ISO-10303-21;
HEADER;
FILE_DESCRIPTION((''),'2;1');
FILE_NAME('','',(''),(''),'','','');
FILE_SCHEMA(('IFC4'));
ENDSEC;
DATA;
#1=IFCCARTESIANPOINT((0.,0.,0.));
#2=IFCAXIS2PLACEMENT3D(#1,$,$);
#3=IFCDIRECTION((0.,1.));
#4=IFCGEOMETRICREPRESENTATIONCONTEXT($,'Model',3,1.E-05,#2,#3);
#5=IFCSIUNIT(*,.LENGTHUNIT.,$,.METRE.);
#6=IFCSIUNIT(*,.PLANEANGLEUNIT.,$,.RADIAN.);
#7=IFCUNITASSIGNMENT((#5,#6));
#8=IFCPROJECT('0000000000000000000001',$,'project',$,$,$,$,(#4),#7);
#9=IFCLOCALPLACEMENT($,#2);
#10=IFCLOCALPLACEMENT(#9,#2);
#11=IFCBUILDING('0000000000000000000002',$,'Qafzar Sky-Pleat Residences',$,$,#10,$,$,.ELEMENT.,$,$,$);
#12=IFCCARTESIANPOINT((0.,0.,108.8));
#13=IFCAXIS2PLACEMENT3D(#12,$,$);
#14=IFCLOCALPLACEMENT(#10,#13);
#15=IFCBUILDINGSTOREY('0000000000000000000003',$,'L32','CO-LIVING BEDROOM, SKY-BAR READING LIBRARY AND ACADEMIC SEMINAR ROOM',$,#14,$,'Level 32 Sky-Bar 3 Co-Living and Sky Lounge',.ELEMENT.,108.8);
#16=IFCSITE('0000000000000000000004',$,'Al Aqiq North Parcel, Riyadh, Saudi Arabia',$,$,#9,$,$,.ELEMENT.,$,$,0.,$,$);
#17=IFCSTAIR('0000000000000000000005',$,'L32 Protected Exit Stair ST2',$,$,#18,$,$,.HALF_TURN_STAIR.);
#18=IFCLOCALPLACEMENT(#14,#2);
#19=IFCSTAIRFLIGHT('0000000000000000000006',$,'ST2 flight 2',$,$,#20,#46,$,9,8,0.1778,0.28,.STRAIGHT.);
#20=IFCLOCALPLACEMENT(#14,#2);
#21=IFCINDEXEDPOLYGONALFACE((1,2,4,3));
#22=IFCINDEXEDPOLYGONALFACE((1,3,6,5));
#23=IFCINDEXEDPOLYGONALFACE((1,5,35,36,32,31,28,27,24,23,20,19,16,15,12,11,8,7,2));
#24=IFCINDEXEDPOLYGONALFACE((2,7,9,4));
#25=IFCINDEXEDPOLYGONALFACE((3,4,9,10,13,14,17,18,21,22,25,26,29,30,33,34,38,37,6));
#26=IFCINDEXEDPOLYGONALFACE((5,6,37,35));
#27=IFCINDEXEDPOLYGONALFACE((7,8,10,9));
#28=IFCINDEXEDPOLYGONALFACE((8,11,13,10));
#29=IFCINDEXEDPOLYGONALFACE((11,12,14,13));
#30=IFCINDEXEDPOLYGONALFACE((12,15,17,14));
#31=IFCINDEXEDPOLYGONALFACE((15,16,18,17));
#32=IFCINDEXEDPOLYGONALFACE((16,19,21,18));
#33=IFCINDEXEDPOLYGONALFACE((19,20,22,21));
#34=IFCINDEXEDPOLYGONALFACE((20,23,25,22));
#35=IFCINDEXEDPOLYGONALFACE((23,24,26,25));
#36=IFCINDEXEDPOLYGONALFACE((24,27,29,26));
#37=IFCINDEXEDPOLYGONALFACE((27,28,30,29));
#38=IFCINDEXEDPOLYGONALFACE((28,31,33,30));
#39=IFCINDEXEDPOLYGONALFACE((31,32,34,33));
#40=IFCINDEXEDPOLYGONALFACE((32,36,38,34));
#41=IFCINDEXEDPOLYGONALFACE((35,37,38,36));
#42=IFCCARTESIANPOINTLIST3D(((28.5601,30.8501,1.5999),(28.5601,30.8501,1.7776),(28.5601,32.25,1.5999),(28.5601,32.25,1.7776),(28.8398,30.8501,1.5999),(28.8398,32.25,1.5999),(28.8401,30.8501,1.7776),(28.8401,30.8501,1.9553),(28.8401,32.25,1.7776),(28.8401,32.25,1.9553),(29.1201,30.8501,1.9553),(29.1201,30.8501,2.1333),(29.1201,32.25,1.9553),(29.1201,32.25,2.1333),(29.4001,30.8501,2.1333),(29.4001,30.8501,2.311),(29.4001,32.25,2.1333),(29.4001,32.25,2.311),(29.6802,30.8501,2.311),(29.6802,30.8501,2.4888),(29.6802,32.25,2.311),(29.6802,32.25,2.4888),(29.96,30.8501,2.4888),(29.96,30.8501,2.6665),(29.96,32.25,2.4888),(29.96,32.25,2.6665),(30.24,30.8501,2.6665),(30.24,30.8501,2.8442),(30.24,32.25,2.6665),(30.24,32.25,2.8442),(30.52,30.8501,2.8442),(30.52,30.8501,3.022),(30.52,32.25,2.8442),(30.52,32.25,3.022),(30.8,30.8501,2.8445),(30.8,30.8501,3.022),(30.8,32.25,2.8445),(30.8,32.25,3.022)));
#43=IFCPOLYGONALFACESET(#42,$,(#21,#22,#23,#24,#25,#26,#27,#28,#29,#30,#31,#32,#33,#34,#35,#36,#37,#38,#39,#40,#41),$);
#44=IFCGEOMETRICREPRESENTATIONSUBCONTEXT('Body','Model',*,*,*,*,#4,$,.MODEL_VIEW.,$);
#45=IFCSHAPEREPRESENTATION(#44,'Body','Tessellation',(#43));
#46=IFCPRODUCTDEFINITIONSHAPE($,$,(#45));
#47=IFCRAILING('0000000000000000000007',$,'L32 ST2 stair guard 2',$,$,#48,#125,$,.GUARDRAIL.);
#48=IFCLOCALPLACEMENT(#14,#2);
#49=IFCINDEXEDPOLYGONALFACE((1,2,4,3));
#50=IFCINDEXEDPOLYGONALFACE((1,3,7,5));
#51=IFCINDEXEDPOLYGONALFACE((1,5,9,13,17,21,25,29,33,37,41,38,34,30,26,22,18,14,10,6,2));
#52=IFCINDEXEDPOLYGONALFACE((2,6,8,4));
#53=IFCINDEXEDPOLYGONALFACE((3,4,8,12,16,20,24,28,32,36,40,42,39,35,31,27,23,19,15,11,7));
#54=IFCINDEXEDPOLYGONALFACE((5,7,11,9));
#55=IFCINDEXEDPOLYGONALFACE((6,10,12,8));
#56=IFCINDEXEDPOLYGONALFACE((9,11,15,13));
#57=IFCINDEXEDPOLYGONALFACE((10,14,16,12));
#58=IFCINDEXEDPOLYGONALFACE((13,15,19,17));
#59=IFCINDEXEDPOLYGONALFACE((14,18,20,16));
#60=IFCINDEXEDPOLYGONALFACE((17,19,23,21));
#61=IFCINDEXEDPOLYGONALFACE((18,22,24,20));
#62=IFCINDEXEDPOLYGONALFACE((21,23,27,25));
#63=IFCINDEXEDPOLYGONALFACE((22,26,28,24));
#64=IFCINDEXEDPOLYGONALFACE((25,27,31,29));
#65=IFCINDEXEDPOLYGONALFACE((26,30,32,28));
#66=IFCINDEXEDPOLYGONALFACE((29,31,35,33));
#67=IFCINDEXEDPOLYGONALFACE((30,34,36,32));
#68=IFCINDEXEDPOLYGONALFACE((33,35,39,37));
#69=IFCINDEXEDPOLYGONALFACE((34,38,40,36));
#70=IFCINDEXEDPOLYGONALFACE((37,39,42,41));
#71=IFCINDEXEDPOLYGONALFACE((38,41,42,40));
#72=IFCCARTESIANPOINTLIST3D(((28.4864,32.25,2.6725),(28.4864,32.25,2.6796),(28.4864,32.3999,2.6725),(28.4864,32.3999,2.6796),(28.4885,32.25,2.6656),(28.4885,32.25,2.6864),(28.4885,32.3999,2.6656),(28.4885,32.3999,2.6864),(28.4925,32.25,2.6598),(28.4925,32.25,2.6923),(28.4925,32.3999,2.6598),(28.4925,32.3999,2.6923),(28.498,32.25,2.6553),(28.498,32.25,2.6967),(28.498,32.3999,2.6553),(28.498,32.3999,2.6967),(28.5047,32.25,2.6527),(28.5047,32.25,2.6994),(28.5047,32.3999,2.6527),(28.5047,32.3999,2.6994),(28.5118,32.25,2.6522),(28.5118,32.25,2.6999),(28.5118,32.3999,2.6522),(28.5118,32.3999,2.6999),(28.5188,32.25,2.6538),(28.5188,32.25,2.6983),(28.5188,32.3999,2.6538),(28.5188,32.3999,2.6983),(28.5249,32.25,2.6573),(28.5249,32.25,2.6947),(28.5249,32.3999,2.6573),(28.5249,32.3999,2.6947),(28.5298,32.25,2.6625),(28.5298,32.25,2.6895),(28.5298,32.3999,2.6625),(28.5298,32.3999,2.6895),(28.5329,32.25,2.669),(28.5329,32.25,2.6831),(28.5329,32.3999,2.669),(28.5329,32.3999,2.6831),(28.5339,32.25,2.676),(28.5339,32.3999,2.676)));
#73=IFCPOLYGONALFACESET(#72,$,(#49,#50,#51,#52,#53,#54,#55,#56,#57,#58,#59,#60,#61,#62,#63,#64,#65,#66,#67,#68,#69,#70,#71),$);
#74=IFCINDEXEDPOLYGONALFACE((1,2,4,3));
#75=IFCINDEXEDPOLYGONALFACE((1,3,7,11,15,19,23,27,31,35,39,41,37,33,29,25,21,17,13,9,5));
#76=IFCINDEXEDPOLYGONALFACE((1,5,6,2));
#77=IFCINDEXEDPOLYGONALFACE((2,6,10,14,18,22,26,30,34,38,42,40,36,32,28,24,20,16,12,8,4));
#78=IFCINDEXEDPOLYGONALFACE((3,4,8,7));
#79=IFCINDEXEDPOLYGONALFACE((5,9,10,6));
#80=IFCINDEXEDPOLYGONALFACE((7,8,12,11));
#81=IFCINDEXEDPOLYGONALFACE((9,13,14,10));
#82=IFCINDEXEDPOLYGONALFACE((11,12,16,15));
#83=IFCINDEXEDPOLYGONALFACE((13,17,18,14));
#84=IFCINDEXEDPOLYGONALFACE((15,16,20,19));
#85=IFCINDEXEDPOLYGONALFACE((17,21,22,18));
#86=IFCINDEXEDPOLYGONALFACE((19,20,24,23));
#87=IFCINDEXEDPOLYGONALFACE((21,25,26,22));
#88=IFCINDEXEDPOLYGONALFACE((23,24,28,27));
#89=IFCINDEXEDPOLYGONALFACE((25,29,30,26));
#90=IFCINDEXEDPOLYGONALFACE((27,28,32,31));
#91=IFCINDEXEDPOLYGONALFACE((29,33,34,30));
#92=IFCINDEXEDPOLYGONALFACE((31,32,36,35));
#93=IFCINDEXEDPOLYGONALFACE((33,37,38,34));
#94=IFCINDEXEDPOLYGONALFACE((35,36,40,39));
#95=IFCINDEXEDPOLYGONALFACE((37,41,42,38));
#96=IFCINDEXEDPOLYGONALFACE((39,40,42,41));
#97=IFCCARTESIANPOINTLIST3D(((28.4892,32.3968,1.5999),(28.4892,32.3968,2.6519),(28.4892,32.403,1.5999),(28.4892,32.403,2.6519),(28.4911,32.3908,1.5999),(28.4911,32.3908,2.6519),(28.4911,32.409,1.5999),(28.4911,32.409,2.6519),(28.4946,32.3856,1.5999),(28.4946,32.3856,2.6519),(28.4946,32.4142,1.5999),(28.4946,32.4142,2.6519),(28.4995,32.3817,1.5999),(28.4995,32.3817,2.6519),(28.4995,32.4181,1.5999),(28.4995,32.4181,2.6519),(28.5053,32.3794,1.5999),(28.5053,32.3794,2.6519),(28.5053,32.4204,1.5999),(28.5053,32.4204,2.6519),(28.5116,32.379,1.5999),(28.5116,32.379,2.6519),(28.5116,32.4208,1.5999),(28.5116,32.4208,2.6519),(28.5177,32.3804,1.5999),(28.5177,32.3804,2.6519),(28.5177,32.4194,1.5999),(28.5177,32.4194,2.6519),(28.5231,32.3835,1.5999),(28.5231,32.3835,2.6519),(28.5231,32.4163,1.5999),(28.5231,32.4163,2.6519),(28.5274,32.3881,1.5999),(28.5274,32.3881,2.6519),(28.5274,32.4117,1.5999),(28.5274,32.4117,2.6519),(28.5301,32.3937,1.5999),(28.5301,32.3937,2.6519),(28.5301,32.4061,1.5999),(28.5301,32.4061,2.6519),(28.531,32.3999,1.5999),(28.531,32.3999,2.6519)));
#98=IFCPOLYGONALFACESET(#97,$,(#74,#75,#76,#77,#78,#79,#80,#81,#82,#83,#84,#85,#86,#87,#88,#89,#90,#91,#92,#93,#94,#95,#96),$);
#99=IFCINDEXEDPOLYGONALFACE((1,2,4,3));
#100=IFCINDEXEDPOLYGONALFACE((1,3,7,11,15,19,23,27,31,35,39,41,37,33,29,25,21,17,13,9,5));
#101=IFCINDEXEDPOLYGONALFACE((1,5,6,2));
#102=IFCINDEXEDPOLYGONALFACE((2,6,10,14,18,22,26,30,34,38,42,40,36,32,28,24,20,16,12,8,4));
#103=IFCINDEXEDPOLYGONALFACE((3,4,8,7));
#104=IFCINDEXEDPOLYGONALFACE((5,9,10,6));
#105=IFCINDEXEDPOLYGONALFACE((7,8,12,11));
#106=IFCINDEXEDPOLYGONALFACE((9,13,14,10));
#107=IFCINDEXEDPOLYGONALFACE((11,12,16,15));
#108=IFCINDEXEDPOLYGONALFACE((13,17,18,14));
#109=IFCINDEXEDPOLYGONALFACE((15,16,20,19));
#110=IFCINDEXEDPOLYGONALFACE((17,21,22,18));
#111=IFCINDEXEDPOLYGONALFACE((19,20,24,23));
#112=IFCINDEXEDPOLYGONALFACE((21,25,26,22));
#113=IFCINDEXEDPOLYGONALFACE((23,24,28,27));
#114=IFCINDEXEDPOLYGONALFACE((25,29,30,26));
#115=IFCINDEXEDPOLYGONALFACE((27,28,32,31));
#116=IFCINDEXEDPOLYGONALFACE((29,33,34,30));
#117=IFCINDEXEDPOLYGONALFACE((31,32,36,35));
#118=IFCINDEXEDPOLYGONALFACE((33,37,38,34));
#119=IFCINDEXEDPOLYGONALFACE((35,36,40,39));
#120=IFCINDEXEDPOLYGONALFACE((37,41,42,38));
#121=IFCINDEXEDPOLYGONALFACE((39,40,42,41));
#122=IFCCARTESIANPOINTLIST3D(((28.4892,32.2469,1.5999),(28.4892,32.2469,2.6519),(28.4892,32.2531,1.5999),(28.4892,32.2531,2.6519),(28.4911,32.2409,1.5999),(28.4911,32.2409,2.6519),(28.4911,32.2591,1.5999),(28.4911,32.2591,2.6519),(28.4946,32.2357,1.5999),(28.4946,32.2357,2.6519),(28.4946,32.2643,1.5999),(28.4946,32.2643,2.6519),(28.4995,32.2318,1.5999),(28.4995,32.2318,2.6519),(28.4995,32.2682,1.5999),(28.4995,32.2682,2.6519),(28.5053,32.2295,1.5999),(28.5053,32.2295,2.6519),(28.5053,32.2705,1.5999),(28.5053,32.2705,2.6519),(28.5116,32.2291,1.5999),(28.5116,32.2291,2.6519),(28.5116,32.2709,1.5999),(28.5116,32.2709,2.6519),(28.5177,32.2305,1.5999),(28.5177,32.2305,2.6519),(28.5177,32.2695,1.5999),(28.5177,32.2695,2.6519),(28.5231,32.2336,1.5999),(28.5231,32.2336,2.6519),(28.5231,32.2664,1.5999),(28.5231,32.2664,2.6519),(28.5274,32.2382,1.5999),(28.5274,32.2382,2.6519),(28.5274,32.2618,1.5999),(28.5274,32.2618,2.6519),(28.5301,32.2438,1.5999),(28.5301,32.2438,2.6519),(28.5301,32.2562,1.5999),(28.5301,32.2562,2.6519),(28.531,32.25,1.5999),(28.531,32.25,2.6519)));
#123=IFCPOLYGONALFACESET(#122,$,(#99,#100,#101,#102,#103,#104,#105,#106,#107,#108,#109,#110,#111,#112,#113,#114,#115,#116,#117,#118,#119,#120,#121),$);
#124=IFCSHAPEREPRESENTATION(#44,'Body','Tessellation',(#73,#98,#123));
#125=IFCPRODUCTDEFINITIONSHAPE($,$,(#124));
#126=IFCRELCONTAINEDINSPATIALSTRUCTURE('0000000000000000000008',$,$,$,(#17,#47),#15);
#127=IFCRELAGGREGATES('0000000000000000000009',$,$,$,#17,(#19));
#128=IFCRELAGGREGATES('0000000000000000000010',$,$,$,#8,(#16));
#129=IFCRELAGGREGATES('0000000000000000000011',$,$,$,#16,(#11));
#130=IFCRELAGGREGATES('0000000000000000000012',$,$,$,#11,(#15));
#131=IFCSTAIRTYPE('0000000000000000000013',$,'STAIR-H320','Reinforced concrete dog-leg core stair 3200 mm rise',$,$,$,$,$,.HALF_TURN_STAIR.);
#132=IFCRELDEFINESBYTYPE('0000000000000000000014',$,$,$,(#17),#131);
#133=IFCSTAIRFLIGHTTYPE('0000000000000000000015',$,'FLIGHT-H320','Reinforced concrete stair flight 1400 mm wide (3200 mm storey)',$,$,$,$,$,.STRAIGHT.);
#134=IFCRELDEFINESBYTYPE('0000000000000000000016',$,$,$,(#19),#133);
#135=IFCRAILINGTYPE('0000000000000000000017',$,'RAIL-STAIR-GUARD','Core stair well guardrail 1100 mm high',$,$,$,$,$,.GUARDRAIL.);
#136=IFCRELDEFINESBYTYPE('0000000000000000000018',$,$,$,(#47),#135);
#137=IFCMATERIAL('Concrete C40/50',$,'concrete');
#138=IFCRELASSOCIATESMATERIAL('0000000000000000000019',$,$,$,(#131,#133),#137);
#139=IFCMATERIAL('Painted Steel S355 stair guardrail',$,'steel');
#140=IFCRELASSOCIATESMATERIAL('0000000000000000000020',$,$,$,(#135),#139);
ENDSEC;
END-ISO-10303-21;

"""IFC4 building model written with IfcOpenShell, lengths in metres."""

from ifc_helpers import new_model, si_unit, direction, frame, origin, origin_2d, place, context, subcontext, project, spatial, polyline, circle, outline, extrude, source, transform, mapped, material, type_object, element, aggregate, save


model = new_model("IFC4")

# Units and contexts
model_context = context("Model", 3, precision=1e-05, world=origin(), true_north=direction((0.0, 1.0)))
body_context = subcontext(model_context, "Body", "Model", "MODEL_VIEW")
ifc_project = project(units=[si_unit("LENGTHUNIT", "METRE"), si_unit("PLANEANGLEUNIT", "RADIAN")], contexts=[model_context])

# Site, building, storey
site_placement = place(None, origin())
site = spatial("IfcSite", under=ifc_project, at=site_placement, Name="Al Aqiq North Parcel, Riyadh, Saudi Arabia", CompositionType="ELEMENT", RefElevation=0.0)
building_placement = place(site_placement, origin())
building = spatial("IfcBuilding", under=site, at=building_placement, Name="Qafzar Sky-Pleat Residences", CompositionType="ELEMENT")
storey_placement = place(building_placement, frame((0.0, 0.0, 108.8)))
storey = spatial("IfcBuildingStorey", under=building, at=storey_placement, Name="L32", Description="CO-LIVING BEDROOM, SKY-BAR READING LIBRARY AND ACADEMIC SEMINAR ROOM", LongName="Level 32 Sky-Bar 3 Co-Living and Sky Lounge", CompositionType="ELEMENT", Elevation=108.8)

# Stair, stair flight
ifc_material_1 = material(Name="Concrete C40/50", Category="concrete")
stair_type = type_object("IfcStairType", Name="STAIR-H320", Description="Reinforced concrete dog-leg core stair 3200 mm rise", PredefinedType="HALF_TURN_STAIR", material=ifc_material_1)
stair_placement = place(storey_placement, origin())
stair = element("IfcStair", 1, at=stair_placement, inside=storey, type_object=stair_type, Name="L32 Protected Exit Stair ST2", PredefinedType="HALF_TURN_STAIR")
stair_flight_type = type_object("IfcStairFlightType", Name="FLIGHT-H320", Description="Reinforced concrete stair flight 1400 mm wide (3200 mm storey)", PredefinedType="STRAIGHT", material=ifc_material_1)
shared_shape_1 = source(origin(), body_context, "Body", "SweptSolid", [
    extrude(outline(polyline([(0.0, 0.0), (0.0, 0.1777), (0.28, 0.1777), (0.28, 0.3555), (0.5601, 0.3555), (0.5601, 0.5334), (0.8401, 0.5334), (0.8401, 0.7112), (1.1201, 0.7112), (1.1201, 0.8889), (1.3999, 0.8889), (1.3999, 1.0667), (1.6799, 1.0667), (1.6799, 1.2444), (1.96, 1.2444), (1.96, 1.4221), (2.24, 1.4221), (2.24, 1.6001), (2.24, 1.2446), (0.2798, 0.0), (0.0, 0.0)])), frame((0.0, 0.7, 0.0), z_axis=(0.0, -1.0, 0.0), x_axis=(1.0, 0.0, 0.0)), (0.0, 0.0, 1.0), 1.3999),
])
stair_flight_placement = place(storey_placement, frame((28.5601, 31.55, 1.5999), z_axis=(0.0, 0.0, 1.0), x_axis=(1.0, 0.0, 0.0)))
stair_flight = element("IfcStairFlight", 2, at=stair_flight_placement, type_object=stair_flight_type, Name="ST2 flight 2", NumberOfRisers=9, NumberOfTreads=8, PredefinedType="STRAIGHT", RiserHeight=0.1778, TreadLength=0.28, context=body_context, shape_type="MappedRepresentation", body=[
    mapped(shared_shape_1, transform((0.0, 0.0, 0.0), x_axis=(1.0, 0.0, 0.0), y_axis=(0.0, 1.0, 0.0), z_axis=(0.0, 0.0, 1.0), scale=1.0)),
])
aggregate(stair, [stair_flight])

# Railing
ifc_material_2 = material(Name="Painted Steel S355 stair guardrail", Category="steel")
railing_type_1 = type_object("IfcRailingType", Name="RAIL-STAIR-GUARD", Description="Core stair well guardrail 1100 mm high", PredefinedType="GUARDRAIL", material=ifc_material_2)
shared_shape_2 = source(origin(), body_context, "Body", "SweptSolid", [
    extrude(circle(Radius=0.0239, at=origin_2d()), frame((0.0, 0.0, 1.0762), z_axis=(0.0, -1.0, 0.0), x_axis=(1.0, 0.0, 0.0)), (0.0, 0.0, 1.0), 0.1499),
    extrude(circle(Radius=0.021, at=origin_2d()), origin(), (0.0, 0.0, 1.0), 1.052),
    extrude(circle(Radius=0.021, at=origin_2d()), frame((0.0, -0.1499, 0.0)), (0.0, 0.0, 1.0), 1.052),
])
railing_1_placement = place(storey_placement, frame((28.51, 32.3999, 1.5999)))
element("IfcRailing", 3, at=railing_1_placement, inside=storey, type_object=railing_type_1, Name="L32 ST2 stair guard 2", PredefinedType="GUARDRAIL", context=body_context, shape_type="MappedRepresentation", body=[
    mapped(shared_shape_2, transform((0.0, 0.0, 0.0), x_axis=(1.0, 0.0, 0.0), y_axis=(0.0, 1.0, 0.0), z_axis=(0.0, 0.0, 1.0), scale=1.0)),
])

save(model, "model.ifc")
